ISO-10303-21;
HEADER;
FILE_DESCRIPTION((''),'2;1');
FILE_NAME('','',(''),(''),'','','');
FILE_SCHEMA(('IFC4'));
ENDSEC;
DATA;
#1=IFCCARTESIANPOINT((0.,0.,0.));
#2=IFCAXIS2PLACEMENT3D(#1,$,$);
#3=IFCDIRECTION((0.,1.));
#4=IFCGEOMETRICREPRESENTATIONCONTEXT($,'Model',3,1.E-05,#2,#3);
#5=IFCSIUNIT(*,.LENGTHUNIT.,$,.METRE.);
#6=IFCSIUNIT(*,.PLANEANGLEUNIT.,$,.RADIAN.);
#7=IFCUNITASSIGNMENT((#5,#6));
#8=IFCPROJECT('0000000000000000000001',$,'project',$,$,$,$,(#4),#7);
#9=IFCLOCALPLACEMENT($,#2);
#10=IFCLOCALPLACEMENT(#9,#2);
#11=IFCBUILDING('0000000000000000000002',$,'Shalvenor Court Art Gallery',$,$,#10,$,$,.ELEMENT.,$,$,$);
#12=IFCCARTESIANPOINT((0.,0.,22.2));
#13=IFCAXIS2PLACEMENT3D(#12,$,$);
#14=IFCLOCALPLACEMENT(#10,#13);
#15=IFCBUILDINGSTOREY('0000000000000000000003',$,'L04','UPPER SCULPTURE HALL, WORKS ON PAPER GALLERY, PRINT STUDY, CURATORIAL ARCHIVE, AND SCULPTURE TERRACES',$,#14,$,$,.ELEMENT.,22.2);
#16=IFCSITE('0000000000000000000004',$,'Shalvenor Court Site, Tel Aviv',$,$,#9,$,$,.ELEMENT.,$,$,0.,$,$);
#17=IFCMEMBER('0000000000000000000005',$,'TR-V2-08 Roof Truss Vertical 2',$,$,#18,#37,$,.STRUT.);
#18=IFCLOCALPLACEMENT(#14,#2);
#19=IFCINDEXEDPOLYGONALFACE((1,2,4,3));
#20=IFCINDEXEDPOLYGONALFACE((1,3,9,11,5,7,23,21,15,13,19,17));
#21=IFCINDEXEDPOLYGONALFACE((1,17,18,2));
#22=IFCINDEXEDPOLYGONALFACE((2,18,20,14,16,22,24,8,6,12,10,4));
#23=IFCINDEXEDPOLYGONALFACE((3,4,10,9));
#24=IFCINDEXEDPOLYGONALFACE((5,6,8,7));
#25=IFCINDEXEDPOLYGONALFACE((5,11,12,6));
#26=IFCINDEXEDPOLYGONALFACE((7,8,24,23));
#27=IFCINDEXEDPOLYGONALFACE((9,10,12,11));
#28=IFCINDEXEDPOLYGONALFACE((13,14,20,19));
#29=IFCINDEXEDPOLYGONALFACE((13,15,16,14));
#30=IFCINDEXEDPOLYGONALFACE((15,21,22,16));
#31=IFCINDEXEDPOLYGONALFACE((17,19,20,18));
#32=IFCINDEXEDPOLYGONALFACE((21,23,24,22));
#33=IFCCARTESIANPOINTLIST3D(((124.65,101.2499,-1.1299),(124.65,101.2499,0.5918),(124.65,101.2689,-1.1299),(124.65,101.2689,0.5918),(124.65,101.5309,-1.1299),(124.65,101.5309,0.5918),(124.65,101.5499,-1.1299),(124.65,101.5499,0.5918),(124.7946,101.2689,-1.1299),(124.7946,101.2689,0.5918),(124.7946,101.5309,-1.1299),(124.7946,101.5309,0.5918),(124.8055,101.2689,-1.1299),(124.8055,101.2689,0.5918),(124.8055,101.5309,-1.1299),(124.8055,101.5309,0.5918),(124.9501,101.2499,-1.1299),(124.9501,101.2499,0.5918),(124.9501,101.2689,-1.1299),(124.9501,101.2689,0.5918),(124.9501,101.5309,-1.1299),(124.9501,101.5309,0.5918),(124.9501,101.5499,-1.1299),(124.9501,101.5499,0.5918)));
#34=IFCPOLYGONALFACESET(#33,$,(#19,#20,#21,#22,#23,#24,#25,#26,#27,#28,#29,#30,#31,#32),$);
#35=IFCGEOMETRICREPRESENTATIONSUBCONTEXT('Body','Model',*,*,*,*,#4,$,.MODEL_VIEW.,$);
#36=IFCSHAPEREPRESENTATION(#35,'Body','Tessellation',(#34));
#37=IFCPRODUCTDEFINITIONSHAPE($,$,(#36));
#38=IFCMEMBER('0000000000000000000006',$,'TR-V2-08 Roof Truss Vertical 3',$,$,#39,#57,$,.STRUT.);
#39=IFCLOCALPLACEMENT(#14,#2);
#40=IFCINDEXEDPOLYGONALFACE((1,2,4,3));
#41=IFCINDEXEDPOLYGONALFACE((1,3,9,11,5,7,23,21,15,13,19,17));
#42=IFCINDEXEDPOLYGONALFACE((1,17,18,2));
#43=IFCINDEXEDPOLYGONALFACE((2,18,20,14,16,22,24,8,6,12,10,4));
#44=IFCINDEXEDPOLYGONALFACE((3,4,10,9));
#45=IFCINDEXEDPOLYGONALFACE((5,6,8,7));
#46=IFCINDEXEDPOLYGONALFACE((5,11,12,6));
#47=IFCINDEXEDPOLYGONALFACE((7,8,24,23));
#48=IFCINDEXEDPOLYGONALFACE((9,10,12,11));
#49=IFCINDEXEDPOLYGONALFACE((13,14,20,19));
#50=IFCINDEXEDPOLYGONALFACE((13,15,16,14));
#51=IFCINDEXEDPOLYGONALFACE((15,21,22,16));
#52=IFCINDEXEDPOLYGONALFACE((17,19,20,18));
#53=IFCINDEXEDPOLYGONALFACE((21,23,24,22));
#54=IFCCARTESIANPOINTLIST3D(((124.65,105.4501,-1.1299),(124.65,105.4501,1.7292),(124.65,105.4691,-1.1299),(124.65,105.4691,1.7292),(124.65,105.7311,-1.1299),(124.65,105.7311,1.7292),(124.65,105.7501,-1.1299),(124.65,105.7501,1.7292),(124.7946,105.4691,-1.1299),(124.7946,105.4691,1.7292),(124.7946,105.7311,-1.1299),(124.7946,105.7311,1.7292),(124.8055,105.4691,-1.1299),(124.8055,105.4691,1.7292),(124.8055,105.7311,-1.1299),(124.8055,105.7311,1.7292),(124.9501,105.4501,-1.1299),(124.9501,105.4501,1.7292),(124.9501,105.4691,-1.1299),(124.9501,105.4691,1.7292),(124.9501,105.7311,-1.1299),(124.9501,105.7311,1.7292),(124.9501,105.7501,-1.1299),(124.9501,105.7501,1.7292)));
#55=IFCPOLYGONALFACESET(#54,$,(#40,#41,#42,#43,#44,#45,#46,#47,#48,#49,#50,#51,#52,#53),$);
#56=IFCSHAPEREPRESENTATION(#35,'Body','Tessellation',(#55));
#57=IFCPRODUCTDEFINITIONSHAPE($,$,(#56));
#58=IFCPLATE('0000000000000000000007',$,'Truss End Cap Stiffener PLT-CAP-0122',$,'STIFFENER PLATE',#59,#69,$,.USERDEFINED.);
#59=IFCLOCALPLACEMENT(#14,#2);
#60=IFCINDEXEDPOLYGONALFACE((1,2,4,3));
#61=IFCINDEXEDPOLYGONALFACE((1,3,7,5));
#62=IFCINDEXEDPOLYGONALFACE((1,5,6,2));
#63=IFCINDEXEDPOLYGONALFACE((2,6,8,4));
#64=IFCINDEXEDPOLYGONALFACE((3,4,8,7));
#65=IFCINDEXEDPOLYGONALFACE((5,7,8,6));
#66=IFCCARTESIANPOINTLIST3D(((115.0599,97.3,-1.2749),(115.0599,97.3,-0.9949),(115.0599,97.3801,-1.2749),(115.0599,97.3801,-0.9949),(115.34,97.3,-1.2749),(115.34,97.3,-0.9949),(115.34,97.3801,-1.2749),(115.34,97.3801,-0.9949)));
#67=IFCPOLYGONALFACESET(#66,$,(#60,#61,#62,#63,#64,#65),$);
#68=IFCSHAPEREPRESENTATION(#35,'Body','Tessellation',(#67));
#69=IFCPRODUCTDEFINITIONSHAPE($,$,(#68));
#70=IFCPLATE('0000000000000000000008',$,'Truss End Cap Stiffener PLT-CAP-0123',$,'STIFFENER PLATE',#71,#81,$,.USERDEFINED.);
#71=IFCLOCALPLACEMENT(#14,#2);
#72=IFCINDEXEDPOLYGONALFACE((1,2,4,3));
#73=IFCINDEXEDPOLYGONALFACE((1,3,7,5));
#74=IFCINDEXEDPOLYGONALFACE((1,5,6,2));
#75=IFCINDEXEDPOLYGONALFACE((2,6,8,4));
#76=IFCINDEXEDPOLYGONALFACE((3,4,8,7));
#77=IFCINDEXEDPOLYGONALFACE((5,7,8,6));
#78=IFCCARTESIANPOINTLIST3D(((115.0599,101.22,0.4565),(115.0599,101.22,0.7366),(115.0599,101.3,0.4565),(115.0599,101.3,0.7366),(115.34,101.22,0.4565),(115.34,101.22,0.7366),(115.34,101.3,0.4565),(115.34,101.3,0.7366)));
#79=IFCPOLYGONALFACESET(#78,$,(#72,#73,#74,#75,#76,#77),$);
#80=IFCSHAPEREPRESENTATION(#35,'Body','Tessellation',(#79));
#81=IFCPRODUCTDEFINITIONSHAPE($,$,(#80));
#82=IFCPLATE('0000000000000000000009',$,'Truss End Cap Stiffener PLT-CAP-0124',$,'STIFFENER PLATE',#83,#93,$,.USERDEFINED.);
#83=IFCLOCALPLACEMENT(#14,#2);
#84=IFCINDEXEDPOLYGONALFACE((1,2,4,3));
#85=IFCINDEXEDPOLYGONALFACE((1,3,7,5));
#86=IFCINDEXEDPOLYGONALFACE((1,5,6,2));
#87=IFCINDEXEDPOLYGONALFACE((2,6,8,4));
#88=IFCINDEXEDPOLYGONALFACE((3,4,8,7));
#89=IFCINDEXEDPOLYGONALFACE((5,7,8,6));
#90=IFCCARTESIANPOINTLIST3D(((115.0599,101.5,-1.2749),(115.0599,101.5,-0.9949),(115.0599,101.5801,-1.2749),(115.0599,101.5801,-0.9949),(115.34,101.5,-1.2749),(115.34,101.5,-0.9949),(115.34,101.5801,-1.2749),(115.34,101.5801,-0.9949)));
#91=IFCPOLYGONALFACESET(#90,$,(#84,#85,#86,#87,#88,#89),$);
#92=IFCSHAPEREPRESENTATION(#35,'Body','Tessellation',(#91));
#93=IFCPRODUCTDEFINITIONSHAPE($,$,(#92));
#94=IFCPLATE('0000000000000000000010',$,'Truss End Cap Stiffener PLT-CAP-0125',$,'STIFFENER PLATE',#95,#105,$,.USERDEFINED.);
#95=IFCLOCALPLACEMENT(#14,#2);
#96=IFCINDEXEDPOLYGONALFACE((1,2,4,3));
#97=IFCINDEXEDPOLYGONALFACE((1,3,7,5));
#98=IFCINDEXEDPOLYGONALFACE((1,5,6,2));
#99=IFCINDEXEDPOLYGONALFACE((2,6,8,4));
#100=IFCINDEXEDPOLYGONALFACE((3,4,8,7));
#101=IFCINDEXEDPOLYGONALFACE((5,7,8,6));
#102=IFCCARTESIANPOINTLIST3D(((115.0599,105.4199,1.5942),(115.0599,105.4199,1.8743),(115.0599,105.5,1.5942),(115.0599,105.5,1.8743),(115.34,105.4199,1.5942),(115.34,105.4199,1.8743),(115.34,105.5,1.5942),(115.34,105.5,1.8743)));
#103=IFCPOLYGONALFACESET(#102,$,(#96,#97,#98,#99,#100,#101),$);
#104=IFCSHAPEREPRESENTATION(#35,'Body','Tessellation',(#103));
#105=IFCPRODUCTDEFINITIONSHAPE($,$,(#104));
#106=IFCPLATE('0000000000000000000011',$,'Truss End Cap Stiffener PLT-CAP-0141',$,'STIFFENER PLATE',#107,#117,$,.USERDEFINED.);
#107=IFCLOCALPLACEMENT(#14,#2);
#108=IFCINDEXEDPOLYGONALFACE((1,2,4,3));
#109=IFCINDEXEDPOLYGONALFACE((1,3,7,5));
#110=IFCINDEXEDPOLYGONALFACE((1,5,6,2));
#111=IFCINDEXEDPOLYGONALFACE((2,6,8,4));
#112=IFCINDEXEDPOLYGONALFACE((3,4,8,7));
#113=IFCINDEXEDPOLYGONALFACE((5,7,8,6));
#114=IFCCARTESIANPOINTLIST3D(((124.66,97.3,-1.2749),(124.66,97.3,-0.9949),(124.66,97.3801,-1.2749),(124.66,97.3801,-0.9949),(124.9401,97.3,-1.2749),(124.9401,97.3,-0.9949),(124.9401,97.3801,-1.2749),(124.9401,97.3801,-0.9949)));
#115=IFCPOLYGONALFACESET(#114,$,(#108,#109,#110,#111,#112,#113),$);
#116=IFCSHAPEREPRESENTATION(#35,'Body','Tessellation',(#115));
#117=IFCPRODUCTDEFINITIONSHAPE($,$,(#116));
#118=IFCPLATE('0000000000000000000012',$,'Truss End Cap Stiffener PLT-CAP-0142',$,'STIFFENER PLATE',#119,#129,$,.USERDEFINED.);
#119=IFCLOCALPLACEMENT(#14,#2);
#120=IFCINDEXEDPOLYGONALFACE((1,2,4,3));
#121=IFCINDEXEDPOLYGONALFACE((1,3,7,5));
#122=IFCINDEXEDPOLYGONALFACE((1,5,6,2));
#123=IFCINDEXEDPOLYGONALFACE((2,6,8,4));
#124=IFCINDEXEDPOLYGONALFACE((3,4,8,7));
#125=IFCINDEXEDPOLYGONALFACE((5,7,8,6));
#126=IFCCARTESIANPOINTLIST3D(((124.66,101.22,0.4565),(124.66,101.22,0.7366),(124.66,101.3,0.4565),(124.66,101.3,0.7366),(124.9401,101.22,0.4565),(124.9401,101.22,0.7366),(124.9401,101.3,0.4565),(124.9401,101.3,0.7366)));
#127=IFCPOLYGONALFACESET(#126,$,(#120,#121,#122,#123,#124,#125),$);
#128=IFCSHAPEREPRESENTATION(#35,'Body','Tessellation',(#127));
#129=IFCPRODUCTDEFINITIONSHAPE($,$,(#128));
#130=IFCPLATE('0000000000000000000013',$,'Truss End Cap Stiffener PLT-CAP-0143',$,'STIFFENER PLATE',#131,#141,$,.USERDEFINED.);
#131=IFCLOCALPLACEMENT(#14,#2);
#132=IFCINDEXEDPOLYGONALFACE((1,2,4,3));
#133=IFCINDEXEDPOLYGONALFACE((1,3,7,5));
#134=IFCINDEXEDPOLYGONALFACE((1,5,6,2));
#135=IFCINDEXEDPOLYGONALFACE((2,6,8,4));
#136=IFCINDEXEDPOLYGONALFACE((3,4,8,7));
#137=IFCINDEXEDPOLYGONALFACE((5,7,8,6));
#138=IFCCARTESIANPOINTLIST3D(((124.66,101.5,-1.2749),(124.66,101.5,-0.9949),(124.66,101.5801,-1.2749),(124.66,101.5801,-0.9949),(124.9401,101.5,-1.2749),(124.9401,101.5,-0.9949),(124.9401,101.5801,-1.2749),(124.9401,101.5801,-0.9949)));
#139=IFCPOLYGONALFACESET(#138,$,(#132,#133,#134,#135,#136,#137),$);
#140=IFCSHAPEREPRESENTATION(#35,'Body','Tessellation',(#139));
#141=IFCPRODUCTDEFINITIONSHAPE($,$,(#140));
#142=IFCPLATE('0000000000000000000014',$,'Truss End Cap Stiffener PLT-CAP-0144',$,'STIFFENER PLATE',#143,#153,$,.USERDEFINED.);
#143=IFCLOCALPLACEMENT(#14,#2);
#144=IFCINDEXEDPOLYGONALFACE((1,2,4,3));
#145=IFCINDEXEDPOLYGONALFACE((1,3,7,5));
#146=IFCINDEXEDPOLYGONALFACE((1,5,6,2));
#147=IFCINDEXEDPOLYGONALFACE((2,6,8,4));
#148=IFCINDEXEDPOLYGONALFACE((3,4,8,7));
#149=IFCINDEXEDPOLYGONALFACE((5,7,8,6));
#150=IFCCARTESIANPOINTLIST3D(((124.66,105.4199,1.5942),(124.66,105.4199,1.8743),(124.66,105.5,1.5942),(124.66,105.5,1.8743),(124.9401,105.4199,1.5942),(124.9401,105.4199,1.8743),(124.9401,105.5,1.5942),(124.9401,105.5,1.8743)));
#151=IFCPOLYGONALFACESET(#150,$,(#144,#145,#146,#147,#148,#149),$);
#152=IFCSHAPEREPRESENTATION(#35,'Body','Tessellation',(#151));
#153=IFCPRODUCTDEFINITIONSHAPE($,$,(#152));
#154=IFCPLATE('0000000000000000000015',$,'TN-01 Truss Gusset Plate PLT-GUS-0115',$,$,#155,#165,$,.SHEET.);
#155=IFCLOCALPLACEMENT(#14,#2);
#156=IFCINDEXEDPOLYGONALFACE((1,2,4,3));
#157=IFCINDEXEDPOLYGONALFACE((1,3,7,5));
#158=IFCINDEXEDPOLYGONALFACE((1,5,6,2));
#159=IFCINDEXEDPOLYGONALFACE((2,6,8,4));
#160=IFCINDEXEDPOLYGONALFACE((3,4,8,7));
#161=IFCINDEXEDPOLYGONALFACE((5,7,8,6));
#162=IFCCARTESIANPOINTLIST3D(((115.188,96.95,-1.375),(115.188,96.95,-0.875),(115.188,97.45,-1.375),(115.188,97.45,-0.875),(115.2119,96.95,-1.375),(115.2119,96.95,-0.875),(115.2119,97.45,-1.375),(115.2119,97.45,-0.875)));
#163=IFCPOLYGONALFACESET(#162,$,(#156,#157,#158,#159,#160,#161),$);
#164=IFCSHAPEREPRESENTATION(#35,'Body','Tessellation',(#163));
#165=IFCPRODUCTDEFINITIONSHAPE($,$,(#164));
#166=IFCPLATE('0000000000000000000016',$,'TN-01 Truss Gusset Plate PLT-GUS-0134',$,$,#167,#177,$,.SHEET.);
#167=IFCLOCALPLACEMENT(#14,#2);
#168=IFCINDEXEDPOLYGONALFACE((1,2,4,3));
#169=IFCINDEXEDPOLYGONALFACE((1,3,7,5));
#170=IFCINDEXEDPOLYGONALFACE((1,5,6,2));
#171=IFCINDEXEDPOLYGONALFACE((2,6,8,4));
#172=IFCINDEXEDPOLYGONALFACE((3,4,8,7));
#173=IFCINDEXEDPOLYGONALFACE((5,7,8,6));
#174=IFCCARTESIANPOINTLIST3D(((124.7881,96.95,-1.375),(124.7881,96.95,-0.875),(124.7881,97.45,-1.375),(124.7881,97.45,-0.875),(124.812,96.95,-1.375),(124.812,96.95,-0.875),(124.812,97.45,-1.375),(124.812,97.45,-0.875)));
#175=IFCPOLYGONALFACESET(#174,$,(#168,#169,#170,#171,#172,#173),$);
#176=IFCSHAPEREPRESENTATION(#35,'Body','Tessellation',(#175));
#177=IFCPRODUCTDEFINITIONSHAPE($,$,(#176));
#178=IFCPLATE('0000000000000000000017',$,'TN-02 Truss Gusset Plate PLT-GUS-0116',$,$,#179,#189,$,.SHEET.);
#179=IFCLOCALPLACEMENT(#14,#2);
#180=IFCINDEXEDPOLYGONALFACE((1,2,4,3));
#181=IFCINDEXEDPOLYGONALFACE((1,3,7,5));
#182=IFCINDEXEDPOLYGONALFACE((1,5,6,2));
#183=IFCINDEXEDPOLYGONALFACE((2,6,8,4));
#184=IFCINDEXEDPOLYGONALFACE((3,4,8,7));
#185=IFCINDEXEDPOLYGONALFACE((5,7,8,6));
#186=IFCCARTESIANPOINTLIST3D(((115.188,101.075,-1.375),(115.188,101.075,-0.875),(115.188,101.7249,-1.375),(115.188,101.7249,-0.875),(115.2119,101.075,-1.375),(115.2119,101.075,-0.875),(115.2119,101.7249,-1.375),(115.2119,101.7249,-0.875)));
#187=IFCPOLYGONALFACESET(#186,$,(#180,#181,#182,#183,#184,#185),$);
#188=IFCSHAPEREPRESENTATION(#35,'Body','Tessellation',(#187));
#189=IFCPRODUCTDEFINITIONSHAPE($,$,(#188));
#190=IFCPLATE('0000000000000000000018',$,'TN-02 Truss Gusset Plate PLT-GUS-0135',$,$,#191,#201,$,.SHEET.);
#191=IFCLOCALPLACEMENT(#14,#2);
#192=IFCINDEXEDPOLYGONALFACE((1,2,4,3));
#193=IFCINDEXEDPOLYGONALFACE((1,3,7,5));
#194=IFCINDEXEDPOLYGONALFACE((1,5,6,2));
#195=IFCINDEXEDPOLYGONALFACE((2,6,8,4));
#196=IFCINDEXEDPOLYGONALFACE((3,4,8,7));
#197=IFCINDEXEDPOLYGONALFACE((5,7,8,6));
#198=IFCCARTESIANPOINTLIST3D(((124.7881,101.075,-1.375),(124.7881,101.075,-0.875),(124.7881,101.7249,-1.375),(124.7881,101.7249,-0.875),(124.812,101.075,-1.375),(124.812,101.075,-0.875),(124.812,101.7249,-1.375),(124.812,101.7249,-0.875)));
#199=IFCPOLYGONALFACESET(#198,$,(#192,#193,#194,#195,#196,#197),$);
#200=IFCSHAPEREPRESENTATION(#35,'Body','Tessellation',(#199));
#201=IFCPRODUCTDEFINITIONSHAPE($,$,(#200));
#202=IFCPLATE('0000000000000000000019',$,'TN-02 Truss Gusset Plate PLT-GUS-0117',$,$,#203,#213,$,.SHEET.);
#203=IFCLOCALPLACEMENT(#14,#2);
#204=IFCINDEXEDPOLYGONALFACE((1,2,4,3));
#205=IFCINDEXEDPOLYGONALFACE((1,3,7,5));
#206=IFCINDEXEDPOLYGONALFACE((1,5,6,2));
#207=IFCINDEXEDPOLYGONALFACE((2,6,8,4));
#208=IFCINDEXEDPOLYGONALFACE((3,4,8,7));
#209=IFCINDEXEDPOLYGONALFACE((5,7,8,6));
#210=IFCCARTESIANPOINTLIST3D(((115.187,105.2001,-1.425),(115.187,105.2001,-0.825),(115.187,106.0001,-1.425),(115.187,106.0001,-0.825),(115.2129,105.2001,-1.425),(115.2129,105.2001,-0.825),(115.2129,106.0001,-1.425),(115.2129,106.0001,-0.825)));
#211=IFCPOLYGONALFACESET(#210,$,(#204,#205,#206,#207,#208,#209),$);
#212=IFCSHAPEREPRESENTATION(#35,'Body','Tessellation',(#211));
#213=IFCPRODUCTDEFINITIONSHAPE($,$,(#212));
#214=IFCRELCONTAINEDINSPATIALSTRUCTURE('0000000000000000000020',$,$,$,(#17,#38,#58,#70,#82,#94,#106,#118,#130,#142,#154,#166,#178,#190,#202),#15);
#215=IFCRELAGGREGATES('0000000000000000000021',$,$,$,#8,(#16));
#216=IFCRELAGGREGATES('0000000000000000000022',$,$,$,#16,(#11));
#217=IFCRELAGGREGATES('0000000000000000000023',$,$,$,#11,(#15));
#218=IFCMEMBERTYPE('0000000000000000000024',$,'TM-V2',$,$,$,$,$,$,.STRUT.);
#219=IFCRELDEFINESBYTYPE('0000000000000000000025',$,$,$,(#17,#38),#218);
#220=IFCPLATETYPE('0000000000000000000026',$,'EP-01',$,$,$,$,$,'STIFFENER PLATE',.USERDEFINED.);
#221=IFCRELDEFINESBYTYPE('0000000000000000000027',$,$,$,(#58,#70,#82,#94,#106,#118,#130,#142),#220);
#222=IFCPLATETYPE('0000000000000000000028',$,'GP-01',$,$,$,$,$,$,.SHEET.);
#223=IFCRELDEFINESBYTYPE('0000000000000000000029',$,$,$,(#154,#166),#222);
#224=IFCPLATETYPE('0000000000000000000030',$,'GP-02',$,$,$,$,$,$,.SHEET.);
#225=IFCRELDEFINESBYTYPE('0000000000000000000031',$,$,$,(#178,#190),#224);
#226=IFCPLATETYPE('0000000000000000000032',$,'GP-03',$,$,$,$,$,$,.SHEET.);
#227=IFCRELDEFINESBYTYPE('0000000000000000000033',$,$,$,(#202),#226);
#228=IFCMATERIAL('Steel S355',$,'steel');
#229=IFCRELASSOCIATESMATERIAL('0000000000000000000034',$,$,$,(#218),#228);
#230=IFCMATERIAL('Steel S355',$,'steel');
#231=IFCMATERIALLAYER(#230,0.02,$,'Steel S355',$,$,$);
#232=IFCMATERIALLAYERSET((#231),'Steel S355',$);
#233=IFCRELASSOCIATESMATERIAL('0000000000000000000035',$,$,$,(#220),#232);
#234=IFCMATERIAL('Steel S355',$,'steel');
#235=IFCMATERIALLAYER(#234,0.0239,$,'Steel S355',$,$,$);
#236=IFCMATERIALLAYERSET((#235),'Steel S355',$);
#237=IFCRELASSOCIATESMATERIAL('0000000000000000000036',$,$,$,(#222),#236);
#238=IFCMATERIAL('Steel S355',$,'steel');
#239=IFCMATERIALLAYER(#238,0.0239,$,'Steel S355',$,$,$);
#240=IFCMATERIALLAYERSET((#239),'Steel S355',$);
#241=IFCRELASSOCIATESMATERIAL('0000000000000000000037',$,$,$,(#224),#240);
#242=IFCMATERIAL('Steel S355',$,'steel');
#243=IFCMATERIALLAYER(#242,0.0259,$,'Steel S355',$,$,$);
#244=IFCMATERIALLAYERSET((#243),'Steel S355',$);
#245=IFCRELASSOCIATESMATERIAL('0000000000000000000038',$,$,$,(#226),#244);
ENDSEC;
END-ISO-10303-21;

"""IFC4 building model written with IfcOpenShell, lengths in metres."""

from ifc_helpers import new_model, si_unit, direction, frame, origin, origin_2d, place, context, subcontext, project, spatial, rectangle, i_section, extrude, material, layer, layer_set, material_profile, profile_set, type_object, element, save


model = new_model("IFC4")

# Units and contexts
model_context = context("Model", 3, precision=1e-05, world=origin(), true_north=direction((0.0, 1.0)))
body_context = subcontext(model_context, "Body", "Model", "MODEL_VIEW")
ifc_project = project(units=[si_unit("LENGTHUNIT", "METRE"), si_unit("PLANEANGLEUNIT", "RADIAN")], contexts=[model_context])

# Site, building, storey
site_placement = place(None, origin())
site = spatial("IfcSite", under=ifc_project, at=site_placement, Name="Shalvenor Court Site, Tel Aviv", CompositionType="ELEMENT", RefElevation=0.0)
building_placement = place(site_placement, origin())
building = spatial("IfcBuilding", under=site, at=building_placement, Name="Shalvenor Court Art Gallery", CompositionType="ELEMENT")
storey_placement = place(building_placement, frame((0.0, 0.0, 22.2)))
storey = spatial("IfcBuildingStorey", under=building, at=storey_placement, Name="L04", Description="UPPER SCULPTURE HALL, WORKS ON PAPER GALLERY, PRINT STUDY, CURATORIAL ARCHIVE, AND SCULPTURE TERRACES", CompositionType="ELEMENT", Elevation=22.2)

# Members
ifc_material_1 = material(Name="Steel S355", Category="steel")
ifc_material_profile_1 = material_profile(ifc_material_1, i_section(OverallWidth=0.3, OverallDepth=0.3, WebThickness=0.011, FlangeThickness=0.019, at=origin_2d()), Name="HEB 300")
ifc_profile_set_1 = profile_set([ifc_material_profile_1], Name="Steel S355")
member_type_1 = type_object("IfcMemberType", Name="TM-V2", PredefinedType="STRUT", material=ifc_profile_set_1)
member_1_placement = place(storey_placement, frame((124.8, 101.3999, -1.1299), z_axis=(0.0, 0.0, 1.0), x_axis=(1.0, 0.0, 0.0)))
element("IfcMember", 1, at=member_1_placement, inside=storey, type_object=member_type_1, Name="TR-V2-08 Roof Truss Vertical 2", PredefinedType="STRUT", context=body_context, shape_type="SweptSolid", body=[
    extrude(i_section(OverallWidth=0.3, OverallDepth=0.3, WebThickness=0.011, FlangeThickness=0.019, at=origin_2d()), origin(), (0.0, 0.0, 1.0), 1.7217),
])
member_2_placement = place(storey_placement, frame((124.8, 105.6001, -1.1299), z_axis=(0.0, 0.0, 1.0), x_axis=(1.0, 0.0, 0.0)))
element("IfcMember", 2, at=member_2_placement, inside=storey, type_object=member_type_1, Name="TR-V2-08 Roof Truss Vertical 3", PredefinedType="STRUT", context=body_context, shape_type="SweptSolid", body=[
    extrude(i_section(OverallWidth=0.3, OverallDepth=0.3, WebThickness=0.011, FlangeThickness=0.019, at=origin_2d()), origin(), (0.0, 0.0, 1.0), 2.8591),
])

# Plates
ifc_material_2 = material(Name="Steel S355", Category="steel")
ifc_layer_1 = layer(ifc_material_2, 0.02, Name="Steel S355")
ifc_layer_set_1 = layer_set([ifc_layer_1], Name="Steel S355")
plate_type_1 = type_object("IfcPlateType", Name="EP-01", ElementType="STIFFENER PLATE", PredefinedType="USERDEFINED", material=ifc_layer_set_1)
for number, where, z_axis, x_axis, name in (
    (3, (115.2, 97.3401, -1.2749), (0.0, 0.0, 1.0), (1.0, 0.0, 0.0), "Truss End Cap Stiffener PLT-CAP-0122"),
    (4, (115.2, 101.26, 0.4565), (0.0, 0.0, 1.0), (1.0, 0.0, 0.0), "Truss End Cap Stiffener PLT-CAP-0123"),
    (5, (115.2, 101.54, -1.2749), (0.0, 0.0, 1.0), (1.0, 0.0, 0.0), "Truss End Cap Stiffener PLT-CAP-0124"),
    (6, (115.2, 105.46, 1.5942), (0.0, 0.0, 1.0), (1.0, 0.0, 0.0), "Truss End Cap Stiffener PLT-CAP-0125"),
    (7, (124.8, 97.3401, -1.2749), (0.0, 0.0, 1.0), (1.0, 0.0, 0.0), "Truss End Cap Stiffener PLT-CAP-0141"),
    (8, (124.8, 101.26, 0.4565), (0.0, 0.0, 1.0), (1.0, 0.0, 0.0), "Truss End Cap Stiffener PLT-CAP-0142"),
    (9, (124.8, 101.54, -1.2749), (0.0, 0.0, 1.0), (1.0, 0.0, 0.0), "Truss End Cap Stiffener PLT-CAP-0143"),
    (10, (124.8, 105.46, 1.5942), (0.0, 0.0, 1.0), (1.0, 0.0, 0.0), "Truss End Cap Stiffener PLT-CAP-0144"),
):
    element("IfcPlate", number, at=place(storey_placement, frame(where, z_axis=z_axis, x_axis=x_axis)), inside=storey, type_object=plate_type_1, Name=name, ObjectType="STIFFENER PLATE", PredefinedType="USERDEFINED", context=body_context, shape_type="SweptSolid", body=[
        extrude(rectangle(XDim=0.28, YDim=0.0801, at=origin_2d()), origin(), (0.0, 0.0, 1.0), 0.28),
    ])
ifc_material_3 = material(Name="Steel S355", Category="steel")
ifc_layer_2 = layer(ifc_material_3, 0.0239, Name="Steel S355")
ifc_layer_set_2 = layer_set([ifc_layer_2], Name="Steel S355")
plate_type_2 = type_object("IfcPlateType", Name="GP-01", PredefinedType="SHEET", material=ifc_layer_set_2)
for number, where, z_axis, x_axis, name in (
    (11, (115.2, 97.2, -1.375), (0.0, 0.0, 1.0), (0.0, 1.0, 0.0), "TN-01 Truss Gusset Plate PLT-GUS-0115"),
    (12, (124.8, 97.2, -1.375), (0.0, 0.0, 1.0), (0.0, 1.0, 0.0), "TN-01 Truss Gusset Plate PLT-GUS-0134"),
):
    element("IfcPlate", number, at=place(storey_placement, frame(where, z_axis=z_axis, x_axis=x_axis)), inside=storey, type_object=plate_type_2, Name=name, PredefinedType="SHEET", context=body_context, shape_type="SweptSolid", body=[
        extrude(rectangle(XDim=0.5, YDim=0.0239, at=origin_2d()), origin(), (0.0, 0.0, 1.0), 0.5),
    ])
ifc_material_4 = material(Name="Steel S355", Category="steel")
ifc_layer_3 = layer(ifc_material_4, 0.0239, Name="Steel S355")
ifc_layer_set_3 = layer_set([ifc_layer_3], Name="Steel S355")
plate_type_3 = type_object("IfcPlateType", Name="GP-02", PredefinedType="SHEET", material=ifc_layer_set_3)
for number, where, z_axis, x_axis, name in (
    (13, (115.2, 101.3999, -1.375), (0.0, 0.0, 1.0), (0.0, 1.0, 0.0), "TN-02 Truss Gusset Plate PLT-GUS-0116"),
    (14, (124.8, 101.3999, -1.375), (0.0, 0.0, 1.0), (0.0, 1.0, 0.0), "TN-02 Truss Gusset Plate PLT-GUS-0135"),
):
    element("IfcPlate", number, at=place(storey_placement, frame(where, z_axis=z_axis, x_axis=x_axis)), inside=storey, type_object=plate_type_3, Name=name, PredefinedType="SHEET", context=body_context, shape_type="SweptSolid", body=[
        extrude(rectangle(XDim=0.6499, YDim=0.0239, at=origin_2d()), origin(), (0.0, 0.0, 1.0), 0.5),
    ])
ifc_material_5 = material(Name="Steel S355", Category="steel")
ifc_layer_4 = layer(ifc_material_5, 0.0259, Name="Steel S355")
ifc_layer_set_4 = layer_set([ifc_layer_4], Name="Steel S355")
plate_type_4 = type_object("IfcPlateType", Name="GP-03", PredefinedType="SHEET", material=ifc_layer_set_4)
for number, where, z_axis, x_axis, name in (
    (15, (115.2, 105.6001, -1.425), (0.0, 0.0, 1.0), (0.0, 1.0, 0.0), "TN-02 Truss Gusset Plate PLT-GUS-0117"),
):
    element("IfcPlate", number, at=place(storey_placement, frame(where, z_axis=z_axis, x_axis=x_axis)), inside=storey, type_object=plate_type_4, Name=name, PredefinedType="SHEET", context=body_context, shape_type="SweptSolid", body=[
        extrude(rectangle(XDim=0.8, YDim=0.0259, at=origin_2d()), origin(), (0.0, 0.0, 1.0), 0.6001),
    ])

save(model, "model.ifc")
